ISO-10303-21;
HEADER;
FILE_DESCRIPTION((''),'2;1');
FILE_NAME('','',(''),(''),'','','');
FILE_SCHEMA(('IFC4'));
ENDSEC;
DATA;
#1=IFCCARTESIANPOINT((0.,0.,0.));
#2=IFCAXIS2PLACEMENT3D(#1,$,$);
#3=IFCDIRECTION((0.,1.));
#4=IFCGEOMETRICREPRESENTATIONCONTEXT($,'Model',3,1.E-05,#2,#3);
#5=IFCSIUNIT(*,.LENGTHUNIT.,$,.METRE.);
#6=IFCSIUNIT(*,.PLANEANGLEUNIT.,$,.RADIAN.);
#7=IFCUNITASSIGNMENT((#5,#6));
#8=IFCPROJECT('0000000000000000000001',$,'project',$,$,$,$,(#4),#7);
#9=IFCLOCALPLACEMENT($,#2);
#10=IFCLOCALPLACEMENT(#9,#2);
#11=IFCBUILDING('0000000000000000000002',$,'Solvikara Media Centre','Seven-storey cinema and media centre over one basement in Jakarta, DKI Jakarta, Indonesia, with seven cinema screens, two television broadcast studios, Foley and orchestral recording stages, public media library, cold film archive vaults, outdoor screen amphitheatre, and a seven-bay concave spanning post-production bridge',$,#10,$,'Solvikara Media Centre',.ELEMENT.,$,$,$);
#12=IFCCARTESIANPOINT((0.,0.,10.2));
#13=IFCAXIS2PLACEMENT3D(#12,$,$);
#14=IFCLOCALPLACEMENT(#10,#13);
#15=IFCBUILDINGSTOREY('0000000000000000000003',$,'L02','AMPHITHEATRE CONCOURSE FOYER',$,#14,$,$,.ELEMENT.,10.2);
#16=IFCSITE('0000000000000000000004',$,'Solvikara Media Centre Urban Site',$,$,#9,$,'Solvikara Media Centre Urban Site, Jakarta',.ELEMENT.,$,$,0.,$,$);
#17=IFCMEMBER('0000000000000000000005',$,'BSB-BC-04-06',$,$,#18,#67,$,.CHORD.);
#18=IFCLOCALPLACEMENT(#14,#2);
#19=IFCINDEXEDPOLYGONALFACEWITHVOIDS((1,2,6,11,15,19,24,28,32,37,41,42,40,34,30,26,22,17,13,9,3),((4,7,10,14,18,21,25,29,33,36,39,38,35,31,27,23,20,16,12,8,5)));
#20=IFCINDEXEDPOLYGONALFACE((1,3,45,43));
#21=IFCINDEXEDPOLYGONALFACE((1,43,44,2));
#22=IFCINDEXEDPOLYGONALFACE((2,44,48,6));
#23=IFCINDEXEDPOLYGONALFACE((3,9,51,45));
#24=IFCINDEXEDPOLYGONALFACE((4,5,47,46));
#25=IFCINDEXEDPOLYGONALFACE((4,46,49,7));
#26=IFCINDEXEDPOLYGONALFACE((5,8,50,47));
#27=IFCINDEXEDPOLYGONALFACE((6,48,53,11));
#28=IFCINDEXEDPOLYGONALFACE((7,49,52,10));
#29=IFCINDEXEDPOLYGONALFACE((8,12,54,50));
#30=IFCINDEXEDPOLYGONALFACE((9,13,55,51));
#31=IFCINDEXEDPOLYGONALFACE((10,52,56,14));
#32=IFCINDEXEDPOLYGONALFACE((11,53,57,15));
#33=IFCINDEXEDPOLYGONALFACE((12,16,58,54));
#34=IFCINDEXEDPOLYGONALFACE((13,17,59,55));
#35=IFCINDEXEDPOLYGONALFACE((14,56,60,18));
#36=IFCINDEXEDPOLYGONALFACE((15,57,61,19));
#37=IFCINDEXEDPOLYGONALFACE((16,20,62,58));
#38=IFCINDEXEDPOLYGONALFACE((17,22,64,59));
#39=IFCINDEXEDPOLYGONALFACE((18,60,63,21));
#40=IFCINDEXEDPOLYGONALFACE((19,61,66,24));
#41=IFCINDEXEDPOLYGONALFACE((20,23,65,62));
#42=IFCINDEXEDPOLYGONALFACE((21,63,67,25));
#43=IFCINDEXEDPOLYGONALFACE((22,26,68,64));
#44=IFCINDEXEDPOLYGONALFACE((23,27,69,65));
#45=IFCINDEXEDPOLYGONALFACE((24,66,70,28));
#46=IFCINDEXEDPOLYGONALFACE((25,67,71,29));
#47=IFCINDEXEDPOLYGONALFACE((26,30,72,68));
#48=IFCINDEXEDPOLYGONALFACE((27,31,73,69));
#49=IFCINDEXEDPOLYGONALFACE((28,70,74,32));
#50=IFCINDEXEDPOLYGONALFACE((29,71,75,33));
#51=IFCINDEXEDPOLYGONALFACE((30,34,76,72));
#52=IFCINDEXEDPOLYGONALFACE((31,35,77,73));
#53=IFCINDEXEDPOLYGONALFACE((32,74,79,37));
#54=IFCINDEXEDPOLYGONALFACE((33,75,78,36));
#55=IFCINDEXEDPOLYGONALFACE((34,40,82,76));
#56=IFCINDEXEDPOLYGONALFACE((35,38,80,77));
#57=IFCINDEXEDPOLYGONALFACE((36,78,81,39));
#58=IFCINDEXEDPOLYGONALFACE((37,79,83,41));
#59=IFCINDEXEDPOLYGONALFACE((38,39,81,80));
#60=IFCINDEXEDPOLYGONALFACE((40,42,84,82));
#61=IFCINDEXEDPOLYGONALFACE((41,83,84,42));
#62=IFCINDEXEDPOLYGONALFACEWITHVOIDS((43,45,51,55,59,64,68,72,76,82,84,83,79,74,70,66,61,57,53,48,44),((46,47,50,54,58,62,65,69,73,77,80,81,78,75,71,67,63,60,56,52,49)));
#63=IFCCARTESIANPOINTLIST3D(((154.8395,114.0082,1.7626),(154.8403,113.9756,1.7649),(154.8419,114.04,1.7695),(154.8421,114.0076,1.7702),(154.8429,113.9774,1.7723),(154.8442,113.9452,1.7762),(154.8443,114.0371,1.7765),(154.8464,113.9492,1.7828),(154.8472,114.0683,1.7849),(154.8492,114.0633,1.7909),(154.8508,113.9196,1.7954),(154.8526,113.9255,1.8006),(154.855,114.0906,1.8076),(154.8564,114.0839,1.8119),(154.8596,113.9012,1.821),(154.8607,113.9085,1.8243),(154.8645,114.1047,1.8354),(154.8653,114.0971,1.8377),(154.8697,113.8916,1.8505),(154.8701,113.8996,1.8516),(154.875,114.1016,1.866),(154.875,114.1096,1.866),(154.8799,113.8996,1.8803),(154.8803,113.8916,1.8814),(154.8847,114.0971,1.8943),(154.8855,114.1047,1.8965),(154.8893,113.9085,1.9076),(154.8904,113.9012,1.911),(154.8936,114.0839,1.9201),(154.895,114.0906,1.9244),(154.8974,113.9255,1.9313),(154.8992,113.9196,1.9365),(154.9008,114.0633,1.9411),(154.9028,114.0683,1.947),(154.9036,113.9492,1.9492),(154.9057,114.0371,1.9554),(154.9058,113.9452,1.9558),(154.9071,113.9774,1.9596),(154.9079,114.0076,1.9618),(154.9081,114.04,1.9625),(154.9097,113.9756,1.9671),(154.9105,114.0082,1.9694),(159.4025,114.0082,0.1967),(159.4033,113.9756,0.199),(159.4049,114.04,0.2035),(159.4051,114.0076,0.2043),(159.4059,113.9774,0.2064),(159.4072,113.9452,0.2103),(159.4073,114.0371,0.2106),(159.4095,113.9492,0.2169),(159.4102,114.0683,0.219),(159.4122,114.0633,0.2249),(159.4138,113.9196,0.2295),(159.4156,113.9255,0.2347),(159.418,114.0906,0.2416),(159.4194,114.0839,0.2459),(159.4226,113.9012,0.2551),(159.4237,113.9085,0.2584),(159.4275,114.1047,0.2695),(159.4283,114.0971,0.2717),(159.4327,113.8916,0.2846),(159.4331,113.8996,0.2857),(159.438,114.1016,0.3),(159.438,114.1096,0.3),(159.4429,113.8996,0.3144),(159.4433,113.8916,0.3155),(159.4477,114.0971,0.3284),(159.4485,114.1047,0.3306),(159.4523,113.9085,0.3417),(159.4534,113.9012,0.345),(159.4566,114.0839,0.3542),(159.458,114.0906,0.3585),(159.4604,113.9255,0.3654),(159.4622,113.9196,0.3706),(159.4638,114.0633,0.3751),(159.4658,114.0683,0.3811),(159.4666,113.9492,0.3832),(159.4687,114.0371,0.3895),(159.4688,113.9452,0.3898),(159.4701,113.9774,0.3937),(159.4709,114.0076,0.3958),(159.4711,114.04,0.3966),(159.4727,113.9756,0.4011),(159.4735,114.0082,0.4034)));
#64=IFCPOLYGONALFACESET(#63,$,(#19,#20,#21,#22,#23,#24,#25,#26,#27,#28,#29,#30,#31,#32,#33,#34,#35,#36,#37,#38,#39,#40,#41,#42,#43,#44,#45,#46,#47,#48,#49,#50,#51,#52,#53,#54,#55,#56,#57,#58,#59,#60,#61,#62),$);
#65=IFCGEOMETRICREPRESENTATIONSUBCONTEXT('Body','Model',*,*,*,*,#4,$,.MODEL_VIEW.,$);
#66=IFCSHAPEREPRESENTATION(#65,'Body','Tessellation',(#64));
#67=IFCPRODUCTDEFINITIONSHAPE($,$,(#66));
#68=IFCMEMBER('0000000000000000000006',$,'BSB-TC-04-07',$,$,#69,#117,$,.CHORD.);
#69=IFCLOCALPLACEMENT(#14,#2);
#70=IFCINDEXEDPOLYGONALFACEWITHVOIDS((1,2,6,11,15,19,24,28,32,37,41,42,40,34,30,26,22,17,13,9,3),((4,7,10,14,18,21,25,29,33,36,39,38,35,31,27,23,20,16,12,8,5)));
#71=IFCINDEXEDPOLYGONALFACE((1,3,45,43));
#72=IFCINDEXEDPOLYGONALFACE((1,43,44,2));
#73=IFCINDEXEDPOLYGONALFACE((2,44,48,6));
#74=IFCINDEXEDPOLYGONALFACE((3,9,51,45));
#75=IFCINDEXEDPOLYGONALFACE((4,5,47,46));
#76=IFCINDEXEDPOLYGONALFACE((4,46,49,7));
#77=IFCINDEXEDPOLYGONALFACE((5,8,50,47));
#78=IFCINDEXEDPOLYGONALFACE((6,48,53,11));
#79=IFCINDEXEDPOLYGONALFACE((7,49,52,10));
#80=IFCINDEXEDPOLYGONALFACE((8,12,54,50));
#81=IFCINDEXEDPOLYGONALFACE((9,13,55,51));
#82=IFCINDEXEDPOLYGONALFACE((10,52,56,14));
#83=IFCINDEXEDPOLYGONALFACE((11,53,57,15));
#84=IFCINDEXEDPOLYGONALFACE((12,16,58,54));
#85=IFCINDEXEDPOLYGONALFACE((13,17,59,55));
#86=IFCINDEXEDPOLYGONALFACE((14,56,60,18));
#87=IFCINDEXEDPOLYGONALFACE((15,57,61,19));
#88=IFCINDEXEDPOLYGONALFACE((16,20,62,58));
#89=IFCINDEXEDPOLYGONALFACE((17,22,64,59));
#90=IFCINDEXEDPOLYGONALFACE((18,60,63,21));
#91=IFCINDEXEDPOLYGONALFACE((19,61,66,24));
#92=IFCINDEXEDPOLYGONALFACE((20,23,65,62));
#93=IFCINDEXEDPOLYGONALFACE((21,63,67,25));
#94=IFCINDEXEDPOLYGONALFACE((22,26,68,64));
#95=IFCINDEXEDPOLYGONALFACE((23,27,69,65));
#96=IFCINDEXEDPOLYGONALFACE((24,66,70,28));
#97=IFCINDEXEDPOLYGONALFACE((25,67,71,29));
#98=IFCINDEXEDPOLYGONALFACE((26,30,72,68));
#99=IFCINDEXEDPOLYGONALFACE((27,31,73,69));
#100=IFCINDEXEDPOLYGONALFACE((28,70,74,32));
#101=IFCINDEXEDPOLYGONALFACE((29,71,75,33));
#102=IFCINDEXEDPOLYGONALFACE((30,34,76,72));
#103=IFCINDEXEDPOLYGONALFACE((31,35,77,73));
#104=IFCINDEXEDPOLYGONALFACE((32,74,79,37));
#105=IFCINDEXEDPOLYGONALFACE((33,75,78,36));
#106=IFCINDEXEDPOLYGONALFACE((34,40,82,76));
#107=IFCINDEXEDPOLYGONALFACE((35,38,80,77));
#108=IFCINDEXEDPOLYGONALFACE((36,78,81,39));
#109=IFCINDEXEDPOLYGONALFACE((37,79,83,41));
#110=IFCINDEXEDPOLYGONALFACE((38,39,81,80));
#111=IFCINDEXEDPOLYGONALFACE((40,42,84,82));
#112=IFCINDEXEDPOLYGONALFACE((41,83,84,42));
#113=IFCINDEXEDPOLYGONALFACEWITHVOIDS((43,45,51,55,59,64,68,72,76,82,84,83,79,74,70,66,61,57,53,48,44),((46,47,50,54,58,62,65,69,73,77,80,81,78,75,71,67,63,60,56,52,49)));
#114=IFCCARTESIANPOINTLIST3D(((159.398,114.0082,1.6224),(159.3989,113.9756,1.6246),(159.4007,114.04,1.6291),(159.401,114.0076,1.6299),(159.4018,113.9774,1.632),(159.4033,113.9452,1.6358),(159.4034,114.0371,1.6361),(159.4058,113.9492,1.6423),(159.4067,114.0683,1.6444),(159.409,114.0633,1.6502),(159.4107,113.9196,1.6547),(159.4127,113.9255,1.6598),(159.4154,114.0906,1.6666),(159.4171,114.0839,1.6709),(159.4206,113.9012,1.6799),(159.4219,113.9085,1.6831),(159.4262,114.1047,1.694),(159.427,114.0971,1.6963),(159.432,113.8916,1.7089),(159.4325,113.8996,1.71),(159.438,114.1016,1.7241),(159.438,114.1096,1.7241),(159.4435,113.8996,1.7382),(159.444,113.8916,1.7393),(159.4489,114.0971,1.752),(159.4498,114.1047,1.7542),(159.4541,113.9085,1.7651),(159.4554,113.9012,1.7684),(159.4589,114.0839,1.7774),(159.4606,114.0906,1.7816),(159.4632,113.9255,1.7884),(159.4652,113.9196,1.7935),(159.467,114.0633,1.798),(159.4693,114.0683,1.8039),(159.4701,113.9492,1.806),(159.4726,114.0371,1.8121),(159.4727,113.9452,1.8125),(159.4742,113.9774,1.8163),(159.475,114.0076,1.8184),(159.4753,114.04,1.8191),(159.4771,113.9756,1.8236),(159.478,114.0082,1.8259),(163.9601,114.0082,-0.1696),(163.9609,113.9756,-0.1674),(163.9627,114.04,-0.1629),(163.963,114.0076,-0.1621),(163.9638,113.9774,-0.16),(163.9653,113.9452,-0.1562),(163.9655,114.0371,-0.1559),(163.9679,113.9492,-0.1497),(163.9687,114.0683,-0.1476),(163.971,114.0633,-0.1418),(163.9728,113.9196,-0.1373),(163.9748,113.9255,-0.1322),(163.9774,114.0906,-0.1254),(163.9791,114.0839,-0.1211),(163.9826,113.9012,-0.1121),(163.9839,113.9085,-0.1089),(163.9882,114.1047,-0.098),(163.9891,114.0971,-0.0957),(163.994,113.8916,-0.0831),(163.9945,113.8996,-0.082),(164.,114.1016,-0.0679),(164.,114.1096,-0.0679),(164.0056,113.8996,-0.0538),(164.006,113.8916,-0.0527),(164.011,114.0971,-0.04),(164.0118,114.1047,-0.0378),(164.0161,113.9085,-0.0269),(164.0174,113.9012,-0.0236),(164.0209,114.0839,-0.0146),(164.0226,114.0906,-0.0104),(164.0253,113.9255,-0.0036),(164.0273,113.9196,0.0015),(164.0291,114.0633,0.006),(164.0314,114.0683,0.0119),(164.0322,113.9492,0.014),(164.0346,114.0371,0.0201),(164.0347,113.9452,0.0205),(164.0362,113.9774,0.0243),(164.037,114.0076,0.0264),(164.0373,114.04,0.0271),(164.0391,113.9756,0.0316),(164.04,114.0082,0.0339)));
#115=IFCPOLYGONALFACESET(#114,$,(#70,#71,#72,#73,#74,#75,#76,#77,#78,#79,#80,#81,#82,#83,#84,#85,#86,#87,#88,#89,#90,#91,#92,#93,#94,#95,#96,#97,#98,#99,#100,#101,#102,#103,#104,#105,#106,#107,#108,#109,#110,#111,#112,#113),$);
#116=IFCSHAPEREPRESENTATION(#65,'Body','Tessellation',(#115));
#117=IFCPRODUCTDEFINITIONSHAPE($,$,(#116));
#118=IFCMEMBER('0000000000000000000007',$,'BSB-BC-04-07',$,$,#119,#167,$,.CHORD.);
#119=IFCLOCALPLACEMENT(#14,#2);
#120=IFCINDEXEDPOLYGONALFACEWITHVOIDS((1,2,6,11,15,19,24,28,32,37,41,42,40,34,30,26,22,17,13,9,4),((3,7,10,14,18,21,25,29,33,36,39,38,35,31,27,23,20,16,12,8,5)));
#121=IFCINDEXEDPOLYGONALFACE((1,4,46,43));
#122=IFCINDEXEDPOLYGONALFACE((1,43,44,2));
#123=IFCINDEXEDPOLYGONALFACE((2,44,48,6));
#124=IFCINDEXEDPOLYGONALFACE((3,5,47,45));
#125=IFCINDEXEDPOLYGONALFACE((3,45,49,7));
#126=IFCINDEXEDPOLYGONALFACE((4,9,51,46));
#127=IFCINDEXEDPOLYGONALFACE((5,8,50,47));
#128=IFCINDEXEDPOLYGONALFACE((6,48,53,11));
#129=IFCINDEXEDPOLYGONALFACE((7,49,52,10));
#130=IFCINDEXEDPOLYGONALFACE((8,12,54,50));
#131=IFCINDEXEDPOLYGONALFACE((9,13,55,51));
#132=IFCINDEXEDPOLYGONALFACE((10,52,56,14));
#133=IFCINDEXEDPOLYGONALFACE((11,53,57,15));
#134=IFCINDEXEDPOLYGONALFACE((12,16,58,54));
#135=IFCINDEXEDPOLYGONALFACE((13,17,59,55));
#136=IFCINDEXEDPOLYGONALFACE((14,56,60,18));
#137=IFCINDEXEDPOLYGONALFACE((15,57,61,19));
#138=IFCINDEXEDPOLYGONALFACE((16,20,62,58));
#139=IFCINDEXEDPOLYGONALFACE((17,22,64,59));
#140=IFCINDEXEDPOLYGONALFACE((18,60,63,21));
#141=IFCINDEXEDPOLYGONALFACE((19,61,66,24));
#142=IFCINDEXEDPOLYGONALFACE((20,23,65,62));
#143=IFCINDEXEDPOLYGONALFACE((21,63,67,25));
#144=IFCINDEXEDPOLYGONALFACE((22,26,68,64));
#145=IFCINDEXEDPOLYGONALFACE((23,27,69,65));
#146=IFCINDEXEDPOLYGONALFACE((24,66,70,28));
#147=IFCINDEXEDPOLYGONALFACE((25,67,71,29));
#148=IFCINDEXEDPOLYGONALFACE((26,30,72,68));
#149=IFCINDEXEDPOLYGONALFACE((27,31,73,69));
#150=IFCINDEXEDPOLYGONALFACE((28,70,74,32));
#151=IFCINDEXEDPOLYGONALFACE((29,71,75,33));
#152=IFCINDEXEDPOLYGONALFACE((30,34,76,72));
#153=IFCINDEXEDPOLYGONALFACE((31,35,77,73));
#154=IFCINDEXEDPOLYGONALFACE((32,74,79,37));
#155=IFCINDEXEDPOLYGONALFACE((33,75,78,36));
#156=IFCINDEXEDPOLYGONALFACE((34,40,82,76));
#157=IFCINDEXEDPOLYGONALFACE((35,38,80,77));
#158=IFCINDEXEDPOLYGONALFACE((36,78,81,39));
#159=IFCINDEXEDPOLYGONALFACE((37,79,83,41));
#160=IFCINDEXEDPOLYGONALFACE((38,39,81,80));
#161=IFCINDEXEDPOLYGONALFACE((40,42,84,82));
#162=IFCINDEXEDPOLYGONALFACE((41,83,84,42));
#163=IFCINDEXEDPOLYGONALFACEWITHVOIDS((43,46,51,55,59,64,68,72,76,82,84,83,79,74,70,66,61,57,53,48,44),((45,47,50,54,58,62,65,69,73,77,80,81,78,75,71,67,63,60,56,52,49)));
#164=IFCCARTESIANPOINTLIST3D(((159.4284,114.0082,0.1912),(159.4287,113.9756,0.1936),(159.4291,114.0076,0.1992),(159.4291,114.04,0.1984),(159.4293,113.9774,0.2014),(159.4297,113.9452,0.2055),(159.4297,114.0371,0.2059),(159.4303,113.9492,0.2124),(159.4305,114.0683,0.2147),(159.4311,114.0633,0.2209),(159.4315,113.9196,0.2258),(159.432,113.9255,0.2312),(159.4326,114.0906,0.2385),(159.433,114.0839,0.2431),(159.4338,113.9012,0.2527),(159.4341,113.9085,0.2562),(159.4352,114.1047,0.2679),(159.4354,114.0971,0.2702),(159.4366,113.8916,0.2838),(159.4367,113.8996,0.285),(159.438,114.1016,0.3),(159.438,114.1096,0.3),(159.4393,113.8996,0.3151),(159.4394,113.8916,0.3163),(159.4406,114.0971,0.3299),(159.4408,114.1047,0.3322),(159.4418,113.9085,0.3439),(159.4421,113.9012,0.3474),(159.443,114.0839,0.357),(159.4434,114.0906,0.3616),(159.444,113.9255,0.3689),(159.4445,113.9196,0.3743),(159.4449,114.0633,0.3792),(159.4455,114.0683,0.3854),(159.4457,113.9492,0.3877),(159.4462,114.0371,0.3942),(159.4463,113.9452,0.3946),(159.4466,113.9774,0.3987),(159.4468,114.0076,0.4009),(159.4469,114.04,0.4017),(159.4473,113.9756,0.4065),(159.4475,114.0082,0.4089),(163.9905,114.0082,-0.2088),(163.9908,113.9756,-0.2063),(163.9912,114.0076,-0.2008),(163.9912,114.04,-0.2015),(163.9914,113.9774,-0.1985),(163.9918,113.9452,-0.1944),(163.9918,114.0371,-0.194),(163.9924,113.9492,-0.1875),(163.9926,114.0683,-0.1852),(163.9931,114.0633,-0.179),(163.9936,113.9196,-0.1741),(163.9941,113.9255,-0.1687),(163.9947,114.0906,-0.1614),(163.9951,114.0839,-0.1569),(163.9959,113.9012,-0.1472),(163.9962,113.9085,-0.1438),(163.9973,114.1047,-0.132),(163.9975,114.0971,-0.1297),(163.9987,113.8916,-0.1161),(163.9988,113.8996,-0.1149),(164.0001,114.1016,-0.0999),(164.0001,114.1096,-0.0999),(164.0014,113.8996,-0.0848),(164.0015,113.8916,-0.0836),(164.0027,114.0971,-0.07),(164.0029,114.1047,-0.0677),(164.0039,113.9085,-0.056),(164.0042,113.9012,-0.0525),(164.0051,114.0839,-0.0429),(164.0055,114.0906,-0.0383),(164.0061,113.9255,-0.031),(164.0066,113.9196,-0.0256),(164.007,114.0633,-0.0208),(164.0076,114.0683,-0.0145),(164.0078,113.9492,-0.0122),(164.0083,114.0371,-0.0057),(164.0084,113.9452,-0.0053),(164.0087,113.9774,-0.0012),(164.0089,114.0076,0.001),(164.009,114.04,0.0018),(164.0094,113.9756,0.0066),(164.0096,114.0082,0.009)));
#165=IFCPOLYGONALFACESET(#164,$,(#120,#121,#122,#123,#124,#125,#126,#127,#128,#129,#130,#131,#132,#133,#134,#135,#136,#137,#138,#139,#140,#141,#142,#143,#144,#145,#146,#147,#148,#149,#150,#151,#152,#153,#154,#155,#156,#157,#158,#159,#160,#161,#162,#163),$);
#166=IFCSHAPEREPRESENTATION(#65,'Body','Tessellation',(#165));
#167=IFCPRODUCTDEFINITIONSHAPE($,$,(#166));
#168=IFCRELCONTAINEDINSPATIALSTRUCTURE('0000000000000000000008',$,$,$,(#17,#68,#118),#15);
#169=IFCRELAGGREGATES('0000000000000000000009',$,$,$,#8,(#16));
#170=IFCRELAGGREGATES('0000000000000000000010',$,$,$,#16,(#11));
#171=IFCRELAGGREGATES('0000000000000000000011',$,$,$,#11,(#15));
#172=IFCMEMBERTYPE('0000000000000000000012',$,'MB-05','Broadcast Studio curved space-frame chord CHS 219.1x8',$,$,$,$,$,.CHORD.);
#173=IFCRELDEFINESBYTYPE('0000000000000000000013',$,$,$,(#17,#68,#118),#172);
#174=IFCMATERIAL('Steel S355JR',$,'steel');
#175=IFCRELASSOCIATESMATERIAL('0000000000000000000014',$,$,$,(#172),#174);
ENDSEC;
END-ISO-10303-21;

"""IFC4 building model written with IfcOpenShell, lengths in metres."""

from ifc_helpers import new_model, si_unit, direction, frame, origin, origin_2d, place, context, subcontext, project, spatial, hollow_circle, extrude, material, material_profile, profile_set, type_object, element, save


model = new_model("IFC4")

# Units and contexts
model_context = context("Model", 3, precision=1e-05, world=origin(), true_north=direction((0.0, 1.0)))
body_context = subcontext(model_context, "Body", "Model", "MODEL_VIEW")
ifc_project = project(units=[si_unit("LENGTHUNIT", "METRE"), si_unit("PLANEANGLEUNIT", "RADIAN")], contexts=[model_context])

# Site, building, storey
site_placement = place(None, origin())
site = spatial("IfcSite", under=ifc_project, at=site_placement, Name="Solvikara Media Centre Urban Site", LongName="Solvikara Media Centre Urban Site, Jakarta", CompositionType="ELEMENT", RefElevation=0.0)
building_placement = place(site_placement, origin())
building = spatial("IfcBuilding", under=site, at=building_placement, Name="Solvikara Media Centre", Description="Seven-storey cinema and media centre over one basement in Jakarta, DKI Jakarta, Indonesia, with seven cinema screens, two television broadcast studios, Foley and orchestral recording stages, public media library, cold film archive vaults, outdoor screen amphitheatre, and a seven-bay concave spanning post-production bridge", LongName="Solvikara Media Centre", CompositionType="ELEMENT")
storey_placement = place(building_placement, frame((0.0, 0.0, 10.2)))
storey = spatial("IfcBuildingStorey", under=building, at=storey_placement, Name="L02", Description="AMPHITHEATRE CONCOURSE FOYER", CompositionType="ELEMENT", Elevation=10.2)

# Members
ifc_material_1 = material(Name="Steel S355JR", Category="steel")
ifc_material_profile_1 = material_profile(ifc_material_1, hollow_circle(Radius=0.1096, WallThickness=0.0081, at=origin_2d()), Name="CHS 219.1x8")
ifc_profile_set_1 = profile_set([ifc_material_profile_1], Name="Steel S355JR")
member_type_1 = type_object("IfcMemberType", Name="MB-05", Description="Broadcast Studio curved space-frame chord CHS 219.1x8", PredefinedType="CHORD", material=ifc_profile_set_1)
member_1_placement = place(storey_placement, frame((154.875, 114.0, 1.866), z_axis=(0.945853, 0.0, -0.324596), x_axis=(0.0, 1.0, 0.0)))
element("IfcMember", 1, at=member_1_placement, inside=storey, type_object=member_type_1, Name="BSB-BC-04-06", PredefinedType="CHORD", context=body_context, shape_type="SweptSolid", body=[
    extrude(hollow_circle(Radius=0.1096, WallThickness=0.0081, at=origin_2d()), origin(), (0.0, 0.0, 1.0), 4.8242),
])
member_2_placement = place(storey_placement, frame((159.438, 114.0, 1.7241), z_axis=(0.930767, 0.0, -0.365612), x_axis=(0.0, 1.0, 0.0)))
element("IfcMember", 2, at=member_2_placement, inside=storey, type_object=member_type_1, Name="BSB-TC-04-07", PredefinedType="CHORD", context=body_context, shape_type="SweptSolid", body=[
    extrude(hollow_circle(Radius=0.1096, WallThickness=0.0081, at=origin_2d()), origin(), (0.0, 0.0, 1.0), 4.9014),
])
member_3_placement = place(storey_placement, frame((159.438, 114.0, 0.3), z_axis=(0.99618, 0.0, -0.087324), x_axis=(0.0, 1.0, 0.0)))
element("IfcMember", 3, at=member_3_placement, inside=storey, type_object=member_type_1, Name="BSB-BC-04-07", PredefinedType="CHORD", context=body_context, shape_type="SweptSolid", body=[
    extrude(hollow_circle(Radius=0.1096, WallThickness=0.0081, at=origin_2d()), origin(), (0.0, 0.0, 1.0), 4.5796),
])

save(model, "model.ifc")
